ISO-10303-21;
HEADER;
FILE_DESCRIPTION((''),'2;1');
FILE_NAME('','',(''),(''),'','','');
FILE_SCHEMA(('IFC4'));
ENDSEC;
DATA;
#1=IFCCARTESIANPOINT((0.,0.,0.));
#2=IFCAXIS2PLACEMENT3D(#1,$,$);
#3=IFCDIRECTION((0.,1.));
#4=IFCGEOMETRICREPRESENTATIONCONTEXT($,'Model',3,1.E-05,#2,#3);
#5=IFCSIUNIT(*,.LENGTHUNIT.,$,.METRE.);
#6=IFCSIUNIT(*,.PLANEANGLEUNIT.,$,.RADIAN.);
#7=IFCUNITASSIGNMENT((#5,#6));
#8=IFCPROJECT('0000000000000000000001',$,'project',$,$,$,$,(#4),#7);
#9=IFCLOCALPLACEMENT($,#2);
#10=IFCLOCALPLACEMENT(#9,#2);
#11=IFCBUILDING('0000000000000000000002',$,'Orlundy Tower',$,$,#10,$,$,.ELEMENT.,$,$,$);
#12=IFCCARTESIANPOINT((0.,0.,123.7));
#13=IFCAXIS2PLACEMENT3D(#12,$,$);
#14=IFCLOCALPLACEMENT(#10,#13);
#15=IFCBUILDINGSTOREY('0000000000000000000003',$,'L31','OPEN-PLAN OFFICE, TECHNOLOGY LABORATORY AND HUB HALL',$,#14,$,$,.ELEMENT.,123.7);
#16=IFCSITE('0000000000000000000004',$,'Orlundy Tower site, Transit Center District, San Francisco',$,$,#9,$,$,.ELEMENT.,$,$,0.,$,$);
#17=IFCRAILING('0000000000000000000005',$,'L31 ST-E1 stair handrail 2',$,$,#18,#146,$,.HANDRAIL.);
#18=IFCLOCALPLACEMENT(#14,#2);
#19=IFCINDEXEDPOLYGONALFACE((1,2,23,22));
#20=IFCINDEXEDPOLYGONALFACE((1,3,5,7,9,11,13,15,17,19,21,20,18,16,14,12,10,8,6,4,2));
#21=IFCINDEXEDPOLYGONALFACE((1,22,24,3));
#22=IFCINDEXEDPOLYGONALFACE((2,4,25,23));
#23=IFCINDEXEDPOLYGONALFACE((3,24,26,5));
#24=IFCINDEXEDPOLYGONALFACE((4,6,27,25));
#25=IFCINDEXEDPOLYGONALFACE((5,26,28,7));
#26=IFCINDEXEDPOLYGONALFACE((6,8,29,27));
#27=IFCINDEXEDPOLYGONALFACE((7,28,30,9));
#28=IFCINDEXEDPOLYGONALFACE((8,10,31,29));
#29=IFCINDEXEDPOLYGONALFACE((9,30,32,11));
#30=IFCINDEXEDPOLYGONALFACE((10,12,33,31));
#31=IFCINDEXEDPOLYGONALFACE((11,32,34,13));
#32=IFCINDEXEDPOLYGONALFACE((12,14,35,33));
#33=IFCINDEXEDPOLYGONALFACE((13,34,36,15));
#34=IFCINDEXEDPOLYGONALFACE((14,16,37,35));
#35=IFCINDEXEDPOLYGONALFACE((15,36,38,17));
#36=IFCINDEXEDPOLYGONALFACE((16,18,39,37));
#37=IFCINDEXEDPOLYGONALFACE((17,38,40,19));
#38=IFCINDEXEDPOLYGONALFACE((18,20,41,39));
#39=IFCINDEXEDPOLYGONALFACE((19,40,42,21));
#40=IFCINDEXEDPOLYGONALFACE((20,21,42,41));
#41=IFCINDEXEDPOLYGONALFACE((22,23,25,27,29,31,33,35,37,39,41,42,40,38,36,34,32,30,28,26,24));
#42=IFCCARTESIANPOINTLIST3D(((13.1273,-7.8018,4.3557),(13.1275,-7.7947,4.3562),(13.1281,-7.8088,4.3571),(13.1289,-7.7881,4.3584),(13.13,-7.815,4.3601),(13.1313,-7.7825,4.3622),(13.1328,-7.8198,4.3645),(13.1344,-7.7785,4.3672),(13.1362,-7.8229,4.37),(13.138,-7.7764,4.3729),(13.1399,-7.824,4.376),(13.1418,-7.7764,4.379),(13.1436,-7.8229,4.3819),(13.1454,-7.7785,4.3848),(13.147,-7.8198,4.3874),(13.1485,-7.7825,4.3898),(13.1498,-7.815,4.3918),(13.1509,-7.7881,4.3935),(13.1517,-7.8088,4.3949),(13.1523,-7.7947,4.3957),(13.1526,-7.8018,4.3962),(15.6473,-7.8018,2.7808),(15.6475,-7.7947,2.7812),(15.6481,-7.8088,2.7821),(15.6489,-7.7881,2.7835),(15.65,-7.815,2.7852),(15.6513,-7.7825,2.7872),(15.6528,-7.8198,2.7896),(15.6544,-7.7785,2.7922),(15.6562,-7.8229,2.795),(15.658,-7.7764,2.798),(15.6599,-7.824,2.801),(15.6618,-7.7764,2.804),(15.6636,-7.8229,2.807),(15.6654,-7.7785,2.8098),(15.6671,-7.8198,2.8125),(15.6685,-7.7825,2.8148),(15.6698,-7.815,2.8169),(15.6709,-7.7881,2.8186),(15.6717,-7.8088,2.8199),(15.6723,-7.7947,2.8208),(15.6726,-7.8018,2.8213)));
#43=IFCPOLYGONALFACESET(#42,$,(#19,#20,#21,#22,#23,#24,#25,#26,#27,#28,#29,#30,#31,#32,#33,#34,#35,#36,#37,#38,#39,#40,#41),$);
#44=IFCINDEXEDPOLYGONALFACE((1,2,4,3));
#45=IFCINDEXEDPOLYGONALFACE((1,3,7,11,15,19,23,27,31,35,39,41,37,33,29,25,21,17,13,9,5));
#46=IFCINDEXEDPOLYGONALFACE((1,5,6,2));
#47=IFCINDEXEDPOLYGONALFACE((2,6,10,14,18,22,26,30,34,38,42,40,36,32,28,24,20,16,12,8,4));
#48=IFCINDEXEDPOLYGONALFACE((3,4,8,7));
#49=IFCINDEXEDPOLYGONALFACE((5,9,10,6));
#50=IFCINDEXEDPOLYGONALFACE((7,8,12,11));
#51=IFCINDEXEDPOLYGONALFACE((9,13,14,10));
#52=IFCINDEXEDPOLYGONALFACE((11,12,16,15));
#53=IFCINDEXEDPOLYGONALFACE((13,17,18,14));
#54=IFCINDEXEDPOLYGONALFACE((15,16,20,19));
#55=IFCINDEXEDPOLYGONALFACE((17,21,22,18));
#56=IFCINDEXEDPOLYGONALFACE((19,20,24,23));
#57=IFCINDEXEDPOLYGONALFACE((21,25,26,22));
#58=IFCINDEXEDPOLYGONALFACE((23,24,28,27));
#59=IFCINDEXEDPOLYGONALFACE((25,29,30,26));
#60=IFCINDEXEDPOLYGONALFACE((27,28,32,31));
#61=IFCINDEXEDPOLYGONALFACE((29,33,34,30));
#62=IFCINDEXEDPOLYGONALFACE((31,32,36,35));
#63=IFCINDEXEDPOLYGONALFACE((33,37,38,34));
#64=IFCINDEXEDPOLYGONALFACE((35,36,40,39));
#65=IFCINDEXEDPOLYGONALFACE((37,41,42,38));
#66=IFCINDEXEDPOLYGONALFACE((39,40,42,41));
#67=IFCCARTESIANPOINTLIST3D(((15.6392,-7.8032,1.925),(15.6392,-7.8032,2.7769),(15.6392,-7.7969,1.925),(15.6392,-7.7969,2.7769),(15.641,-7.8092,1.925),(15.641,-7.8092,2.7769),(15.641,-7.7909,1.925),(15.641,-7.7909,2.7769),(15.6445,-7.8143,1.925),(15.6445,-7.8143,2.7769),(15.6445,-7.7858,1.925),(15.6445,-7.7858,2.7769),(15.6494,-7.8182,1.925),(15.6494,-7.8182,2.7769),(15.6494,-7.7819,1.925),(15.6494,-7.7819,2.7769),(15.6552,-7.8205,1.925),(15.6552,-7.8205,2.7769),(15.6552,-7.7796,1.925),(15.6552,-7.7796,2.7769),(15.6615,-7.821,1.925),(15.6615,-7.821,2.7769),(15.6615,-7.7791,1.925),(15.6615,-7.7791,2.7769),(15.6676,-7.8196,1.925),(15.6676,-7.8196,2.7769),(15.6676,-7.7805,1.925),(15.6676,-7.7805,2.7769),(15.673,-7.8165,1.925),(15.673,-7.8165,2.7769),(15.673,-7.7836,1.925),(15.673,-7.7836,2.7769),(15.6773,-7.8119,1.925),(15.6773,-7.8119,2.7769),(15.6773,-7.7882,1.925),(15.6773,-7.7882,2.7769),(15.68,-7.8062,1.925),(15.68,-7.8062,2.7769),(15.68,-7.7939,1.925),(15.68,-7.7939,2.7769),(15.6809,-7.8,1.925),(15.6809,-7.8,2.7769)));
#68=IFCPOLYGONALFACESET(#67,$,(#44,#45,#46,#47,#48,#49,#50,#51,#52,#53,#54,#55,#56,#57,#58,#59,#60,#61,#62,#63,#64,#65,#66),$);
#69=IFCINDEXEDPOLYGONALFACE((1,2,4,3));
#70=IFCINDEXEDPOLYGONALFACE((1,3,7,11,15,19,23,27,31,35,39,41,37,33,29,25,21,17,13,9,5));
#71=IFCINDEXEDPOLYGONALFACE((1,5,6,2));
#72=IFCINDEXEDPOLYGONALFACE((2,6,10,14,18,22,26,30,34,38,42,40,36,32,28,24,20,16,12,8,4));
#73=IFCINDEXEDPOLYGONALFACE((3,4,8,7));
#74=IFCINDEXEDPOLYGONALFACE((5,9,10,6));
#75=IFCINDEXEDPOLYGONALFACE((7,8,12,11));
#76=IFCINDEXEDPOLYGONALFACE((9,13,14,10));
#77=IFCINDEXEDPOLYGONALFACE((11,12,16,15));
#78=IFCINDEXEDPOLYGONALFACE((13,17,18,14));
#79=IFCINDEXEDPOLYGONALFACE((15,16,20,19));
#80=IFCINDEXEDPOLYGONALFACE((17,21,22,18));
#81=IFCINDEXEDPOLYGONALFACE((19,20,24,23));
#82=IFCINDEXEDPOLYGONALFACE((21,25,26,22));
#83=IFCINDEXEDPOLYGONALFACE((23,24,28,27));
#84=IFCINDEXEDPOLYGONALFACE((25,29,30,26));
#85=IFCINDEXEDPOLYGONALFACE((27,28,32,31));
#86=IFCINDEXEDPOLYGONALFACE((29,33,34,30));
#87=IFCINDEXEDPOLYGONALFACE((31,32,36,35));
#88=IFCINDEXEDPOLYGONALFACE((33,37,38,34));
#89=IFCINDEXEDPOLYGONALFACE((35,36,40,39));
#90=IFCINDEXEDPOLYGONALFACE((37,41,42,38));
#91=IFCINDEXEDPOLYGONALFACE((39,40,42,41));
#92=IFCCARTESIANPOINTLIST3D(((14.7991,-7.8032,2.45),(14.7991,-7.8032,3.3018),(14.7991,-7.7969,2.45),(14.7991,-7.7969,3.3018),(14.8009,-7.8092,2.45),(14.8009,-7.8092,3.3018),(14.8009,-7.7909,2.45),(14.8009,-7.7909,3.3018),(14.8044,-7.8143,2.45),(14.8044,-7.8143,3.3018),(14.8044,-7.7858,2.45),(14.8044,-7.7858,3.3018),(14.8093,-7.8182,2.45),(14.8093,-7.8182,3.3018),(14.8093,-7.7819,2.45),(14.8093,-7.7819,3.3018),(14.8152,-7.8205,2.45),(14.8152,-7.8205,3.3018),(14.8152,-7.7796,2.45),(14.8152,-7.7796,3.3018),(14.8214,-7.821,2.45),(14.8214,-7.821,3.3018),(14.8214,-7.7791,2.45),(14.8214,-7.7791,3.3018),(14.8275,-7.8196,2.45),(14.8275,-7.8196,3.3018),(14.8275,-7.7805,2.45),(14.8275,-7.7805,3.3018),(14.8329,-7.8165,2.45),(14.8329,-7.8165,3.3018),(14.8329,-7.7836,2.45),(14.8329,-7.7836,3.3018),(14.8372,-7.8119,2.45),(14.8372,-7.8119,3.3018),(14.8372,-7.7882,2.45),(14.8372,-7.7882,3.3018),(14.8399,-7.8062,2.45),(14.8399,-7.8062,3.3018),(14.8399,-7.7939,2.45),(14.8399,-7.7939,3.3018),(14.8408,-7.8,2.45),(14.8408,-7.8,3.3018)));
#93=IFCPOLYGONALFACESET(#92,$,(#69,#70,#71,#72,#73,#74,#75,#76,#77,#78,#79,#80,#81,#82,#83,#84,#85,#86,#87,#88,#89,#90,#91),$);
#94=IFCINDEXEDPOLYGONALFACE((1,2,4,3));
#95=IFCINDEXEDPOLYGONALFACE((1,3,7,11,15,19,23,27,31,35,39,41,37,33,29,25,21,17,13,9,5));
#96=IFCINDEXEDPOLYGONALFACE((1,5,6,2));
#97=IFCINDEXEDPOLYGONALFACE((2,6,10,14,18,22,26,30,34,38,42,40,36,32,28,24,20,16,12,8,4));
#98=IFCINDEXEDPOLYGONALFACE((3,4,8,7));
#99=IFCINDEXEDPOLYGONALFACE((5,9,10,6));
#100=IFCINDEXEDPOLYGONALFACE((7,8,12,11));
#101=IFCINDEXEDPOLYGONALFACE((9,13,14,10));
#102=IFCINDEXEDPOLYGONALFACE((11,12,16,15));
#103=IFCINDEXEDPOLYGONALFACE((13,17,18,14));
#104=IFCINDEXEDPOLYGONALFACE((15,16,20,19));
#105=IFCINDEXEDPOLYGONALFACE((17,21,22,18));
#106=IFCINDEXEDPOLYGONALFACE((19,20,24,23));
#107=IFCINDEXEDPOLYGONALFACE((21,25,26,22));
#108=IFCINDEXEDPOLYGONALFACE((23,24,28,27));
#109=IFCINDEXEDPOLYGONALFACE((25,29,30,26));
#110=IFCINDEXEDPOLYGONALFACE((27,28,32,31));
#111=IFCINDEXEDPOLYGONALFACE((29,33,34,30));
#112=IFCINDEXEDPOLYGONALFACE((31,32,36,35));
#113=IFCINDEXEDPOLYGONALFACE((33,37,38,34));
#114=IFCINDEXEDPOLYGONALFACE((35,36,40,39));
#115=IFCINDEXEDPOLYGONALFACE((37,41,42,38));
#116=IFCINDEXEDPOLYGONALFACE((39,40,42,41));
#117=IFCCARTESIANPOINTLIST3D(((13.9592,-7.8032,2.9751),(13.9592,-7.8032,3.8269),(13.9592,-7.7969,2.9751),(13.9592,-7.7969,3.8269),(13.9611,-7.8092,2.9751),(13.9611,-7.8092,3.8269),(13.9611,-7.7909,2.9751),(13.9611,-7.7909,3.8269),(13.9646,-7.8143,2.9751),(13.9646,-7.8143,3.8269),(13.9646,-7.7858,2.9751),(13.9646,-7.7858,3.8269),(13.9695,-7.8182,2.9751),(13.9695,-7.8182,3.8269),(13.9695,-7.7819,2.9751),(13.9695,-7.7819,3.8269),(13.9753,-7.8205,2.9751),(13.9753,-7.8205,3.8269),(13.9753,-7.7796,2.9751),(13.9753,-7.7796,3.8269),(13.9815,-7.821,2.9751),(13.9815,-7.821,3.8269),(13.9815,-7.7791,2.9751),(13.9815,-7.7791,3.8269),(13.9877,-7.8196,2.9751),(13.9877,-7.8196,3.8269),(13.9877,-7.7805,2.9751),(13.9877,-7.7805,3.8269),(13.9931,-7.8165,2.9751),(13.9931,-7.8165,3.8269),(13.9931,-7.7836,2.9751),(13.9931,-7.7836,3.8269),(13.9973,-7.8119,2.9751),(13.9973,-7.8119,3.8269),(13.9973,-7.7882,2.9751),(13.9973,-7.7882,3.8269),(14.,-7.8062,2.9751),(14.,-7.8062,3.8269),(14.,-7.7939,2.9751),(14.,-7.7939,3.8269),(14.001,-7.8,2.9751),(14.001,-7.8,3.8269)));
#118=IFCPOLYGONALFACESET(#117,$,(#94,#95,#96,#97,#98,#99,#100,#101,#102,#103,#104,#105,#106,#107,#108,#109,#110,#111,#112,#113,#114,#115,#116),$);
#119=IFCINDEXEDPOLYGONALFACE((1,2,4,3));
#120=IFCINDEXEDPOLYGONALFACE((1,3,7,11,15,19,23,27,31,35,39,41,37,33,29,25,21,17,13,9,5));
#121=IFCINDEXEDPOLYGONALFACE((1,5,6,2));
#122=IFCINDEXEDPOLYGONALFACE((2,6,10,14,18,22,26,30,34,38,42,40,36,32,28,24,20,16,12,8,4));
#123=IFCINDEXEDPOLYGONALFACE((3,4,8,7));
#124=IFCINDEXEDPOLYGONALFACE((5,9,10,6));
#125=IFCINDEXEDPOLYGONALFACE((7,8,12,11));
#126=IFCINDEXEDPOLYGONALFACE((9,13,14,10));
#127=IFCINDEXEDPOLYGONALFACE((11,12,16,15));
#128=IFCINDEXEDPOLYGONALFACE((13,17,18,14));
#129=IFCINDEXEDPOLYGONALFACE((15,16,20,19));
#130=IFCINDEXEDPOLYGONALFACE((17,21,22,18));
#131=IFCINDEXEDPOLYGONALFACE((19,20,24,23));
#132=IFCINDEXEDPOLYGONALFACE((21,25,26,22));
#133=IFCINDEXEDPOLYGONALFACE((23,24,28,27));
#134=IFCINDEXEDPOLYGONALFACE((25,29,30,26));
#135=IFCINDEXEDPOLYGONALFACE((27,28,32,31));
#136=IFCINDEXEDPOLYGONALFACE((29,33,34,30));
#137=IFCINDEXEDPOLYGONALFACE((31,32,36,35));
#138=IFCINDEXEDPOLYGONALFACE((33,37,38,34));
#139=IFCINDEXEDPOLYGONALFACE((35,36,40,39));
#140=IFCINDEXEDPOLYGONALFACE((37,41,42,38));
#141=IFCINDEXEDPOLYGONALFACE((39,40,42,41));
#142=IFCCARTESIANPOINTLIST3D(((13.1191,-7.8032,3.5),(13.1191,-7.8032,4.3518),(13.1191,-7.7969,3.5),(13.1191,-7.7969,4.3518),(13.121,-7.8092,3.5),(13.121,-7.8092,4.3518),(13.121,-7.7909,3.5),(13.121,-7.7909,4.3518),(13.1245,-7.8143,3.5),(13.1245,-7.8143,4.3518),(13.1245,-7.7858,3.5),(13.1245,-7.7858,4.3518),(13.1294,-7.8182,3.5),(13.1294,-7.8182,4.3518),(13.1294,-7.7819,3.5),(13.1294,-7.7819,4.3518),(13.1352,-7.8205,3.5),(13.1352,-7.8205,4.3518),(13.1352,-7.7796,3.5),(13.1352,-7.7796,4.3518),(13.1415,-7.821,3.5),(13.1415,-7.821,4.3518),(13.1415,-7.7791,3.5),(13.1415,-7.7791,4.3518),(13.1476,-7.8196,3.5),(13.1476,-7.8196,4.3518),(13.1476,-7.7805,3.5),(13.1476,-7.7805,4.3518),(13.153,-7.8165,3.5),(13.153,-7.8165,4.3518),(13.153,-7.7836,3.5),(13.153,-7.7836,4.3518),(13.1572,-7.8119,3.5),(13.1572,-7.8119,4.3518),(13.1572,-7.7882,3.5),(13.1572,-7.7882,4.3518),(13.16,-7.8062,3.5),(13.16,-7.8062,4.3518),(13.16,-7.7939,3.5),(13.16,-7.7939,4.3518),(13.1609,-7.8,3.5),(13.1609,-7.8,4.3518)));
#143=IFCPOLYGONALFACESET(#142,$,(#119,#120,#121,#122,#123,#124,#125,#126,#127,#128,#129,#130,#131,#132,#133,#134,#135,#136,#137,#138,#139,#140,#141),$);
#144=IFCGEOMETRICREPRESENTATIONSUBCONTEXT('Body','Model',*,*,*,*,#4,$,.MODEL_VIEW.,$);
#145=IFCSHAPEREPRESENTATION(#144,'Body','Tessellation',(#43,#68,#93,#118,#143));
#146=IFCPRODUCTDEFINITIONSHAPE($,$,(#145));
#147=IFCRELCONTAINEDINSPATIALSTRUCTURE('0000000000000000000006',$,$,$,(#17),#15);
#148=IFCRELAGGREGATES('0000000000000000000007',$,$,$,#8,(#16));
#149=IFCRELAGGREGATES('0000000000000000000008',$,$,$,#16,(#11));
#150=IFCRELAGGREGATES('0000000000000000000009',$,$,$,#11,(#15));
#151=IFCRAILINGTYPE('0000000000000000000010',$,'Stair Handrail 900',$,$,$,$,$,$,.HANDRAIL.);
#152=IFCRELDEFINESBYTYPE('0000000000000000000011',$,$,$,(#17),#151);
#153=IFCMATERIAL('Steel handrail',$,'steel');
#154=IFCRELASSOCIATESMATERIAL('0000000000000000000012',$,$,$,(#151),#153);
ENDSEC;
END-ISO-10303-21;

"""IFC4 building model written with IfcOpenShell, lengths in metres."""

from ifc_helpers import new_model, si_unit, direction, frame, origin, origin_2d, place, context, subcontext, project, spatial, circle, extrude, material, type_object, element, save


model = new_model("IFC4")

# Units and contexts
model_context = context("Model", 3, precision=1e-05, world=origin(), true_north=direction((0.0, 1.0)))
body_context = subcontext(model_context, "Body", "Model", "MODEL_VIEW")
ifc_project = project(units=[si_unit("LENGTHUNIT", "METRE"), si_unit("PLANEANGLEUNIT", "RADIAN")], contexts=[model_context])

# Site, building, storey
site_placement = place(None, origin())
site = spatial("IfcSite", under=ifc_project, at=site_placement, Name="Orlundy Tower site, Transit Center District, San Francisco", CompositionType="ELEMENT", RefElevation=0.0)
building_placement = place(site_placement, origin())
building = spatial("IfcBuilding", under=site, at=building_placement, Name="Orlundy Tower", CompositionType="ELEMENT")
storey_placement = place(building_placement, frame((0.0, 0.0, 123.7)))
storey = spatial("IfcBuildingStorey", under=building, at=storey_placement, Name="L31", Description="OPEN-PLAN OFFICE, TECHNOLOGY LABORATORY AND HUB HALL", CompositionType="ELEMENT", Elevation=123.7)

# Railing
ifc_material_1 = material(Name="Steel handrail", Category="steel")
railing_type_1 = type_object("IfcRailingType", Name="Stair Handrail 900", PredefinedType="HANDRAIL", material=ifc_material_1)
railing_1_placement = place(storey_placement, frame((15.6599, -7.8, 1.925)))
element("IfcRailing", 1, at=railing_1_placement, inside=storey, type_object=railing_type_1, Name="L31 ST-E1 stair handrail 2", PredefinedType="HANDRAIL", context=body_context, shape_type="SweptSolid", body=[
    extrude(circle(Radius=0.0239, at=origin_2d()), frame((0.0, 0.0, 0.876), z_axis=(-0.848008, 0.0, 0.529984), x_axis=(0.0, -1.0, 0.0)), (0.0, 0.0, 1.0), 2.9717),
    extrude(circle(Radius=0.021, at=origin_2d()), origin(), (0.0, 0.0, 1.0), 0.8518),
    extrude(circle(Radius=0.021, at=origin_2d()), frame((-0.8401, 0.0, 0.5249)), (0.0, 0.0, 1.0), 0.8518),
    extrude(circle(Radius=0.021, at=origin_2d()), frame((-1.6799, 0.0, 1.05)), (0.0, 0.0, 1.0), 0.8518),
    extrude(circle(Radius=0.021, at=origin_2d()), frame((-2.52, 0.0, 1.575)), (0.0, 0.0, 1.0), 0.8518),
])

save(model, "model.ifc")
